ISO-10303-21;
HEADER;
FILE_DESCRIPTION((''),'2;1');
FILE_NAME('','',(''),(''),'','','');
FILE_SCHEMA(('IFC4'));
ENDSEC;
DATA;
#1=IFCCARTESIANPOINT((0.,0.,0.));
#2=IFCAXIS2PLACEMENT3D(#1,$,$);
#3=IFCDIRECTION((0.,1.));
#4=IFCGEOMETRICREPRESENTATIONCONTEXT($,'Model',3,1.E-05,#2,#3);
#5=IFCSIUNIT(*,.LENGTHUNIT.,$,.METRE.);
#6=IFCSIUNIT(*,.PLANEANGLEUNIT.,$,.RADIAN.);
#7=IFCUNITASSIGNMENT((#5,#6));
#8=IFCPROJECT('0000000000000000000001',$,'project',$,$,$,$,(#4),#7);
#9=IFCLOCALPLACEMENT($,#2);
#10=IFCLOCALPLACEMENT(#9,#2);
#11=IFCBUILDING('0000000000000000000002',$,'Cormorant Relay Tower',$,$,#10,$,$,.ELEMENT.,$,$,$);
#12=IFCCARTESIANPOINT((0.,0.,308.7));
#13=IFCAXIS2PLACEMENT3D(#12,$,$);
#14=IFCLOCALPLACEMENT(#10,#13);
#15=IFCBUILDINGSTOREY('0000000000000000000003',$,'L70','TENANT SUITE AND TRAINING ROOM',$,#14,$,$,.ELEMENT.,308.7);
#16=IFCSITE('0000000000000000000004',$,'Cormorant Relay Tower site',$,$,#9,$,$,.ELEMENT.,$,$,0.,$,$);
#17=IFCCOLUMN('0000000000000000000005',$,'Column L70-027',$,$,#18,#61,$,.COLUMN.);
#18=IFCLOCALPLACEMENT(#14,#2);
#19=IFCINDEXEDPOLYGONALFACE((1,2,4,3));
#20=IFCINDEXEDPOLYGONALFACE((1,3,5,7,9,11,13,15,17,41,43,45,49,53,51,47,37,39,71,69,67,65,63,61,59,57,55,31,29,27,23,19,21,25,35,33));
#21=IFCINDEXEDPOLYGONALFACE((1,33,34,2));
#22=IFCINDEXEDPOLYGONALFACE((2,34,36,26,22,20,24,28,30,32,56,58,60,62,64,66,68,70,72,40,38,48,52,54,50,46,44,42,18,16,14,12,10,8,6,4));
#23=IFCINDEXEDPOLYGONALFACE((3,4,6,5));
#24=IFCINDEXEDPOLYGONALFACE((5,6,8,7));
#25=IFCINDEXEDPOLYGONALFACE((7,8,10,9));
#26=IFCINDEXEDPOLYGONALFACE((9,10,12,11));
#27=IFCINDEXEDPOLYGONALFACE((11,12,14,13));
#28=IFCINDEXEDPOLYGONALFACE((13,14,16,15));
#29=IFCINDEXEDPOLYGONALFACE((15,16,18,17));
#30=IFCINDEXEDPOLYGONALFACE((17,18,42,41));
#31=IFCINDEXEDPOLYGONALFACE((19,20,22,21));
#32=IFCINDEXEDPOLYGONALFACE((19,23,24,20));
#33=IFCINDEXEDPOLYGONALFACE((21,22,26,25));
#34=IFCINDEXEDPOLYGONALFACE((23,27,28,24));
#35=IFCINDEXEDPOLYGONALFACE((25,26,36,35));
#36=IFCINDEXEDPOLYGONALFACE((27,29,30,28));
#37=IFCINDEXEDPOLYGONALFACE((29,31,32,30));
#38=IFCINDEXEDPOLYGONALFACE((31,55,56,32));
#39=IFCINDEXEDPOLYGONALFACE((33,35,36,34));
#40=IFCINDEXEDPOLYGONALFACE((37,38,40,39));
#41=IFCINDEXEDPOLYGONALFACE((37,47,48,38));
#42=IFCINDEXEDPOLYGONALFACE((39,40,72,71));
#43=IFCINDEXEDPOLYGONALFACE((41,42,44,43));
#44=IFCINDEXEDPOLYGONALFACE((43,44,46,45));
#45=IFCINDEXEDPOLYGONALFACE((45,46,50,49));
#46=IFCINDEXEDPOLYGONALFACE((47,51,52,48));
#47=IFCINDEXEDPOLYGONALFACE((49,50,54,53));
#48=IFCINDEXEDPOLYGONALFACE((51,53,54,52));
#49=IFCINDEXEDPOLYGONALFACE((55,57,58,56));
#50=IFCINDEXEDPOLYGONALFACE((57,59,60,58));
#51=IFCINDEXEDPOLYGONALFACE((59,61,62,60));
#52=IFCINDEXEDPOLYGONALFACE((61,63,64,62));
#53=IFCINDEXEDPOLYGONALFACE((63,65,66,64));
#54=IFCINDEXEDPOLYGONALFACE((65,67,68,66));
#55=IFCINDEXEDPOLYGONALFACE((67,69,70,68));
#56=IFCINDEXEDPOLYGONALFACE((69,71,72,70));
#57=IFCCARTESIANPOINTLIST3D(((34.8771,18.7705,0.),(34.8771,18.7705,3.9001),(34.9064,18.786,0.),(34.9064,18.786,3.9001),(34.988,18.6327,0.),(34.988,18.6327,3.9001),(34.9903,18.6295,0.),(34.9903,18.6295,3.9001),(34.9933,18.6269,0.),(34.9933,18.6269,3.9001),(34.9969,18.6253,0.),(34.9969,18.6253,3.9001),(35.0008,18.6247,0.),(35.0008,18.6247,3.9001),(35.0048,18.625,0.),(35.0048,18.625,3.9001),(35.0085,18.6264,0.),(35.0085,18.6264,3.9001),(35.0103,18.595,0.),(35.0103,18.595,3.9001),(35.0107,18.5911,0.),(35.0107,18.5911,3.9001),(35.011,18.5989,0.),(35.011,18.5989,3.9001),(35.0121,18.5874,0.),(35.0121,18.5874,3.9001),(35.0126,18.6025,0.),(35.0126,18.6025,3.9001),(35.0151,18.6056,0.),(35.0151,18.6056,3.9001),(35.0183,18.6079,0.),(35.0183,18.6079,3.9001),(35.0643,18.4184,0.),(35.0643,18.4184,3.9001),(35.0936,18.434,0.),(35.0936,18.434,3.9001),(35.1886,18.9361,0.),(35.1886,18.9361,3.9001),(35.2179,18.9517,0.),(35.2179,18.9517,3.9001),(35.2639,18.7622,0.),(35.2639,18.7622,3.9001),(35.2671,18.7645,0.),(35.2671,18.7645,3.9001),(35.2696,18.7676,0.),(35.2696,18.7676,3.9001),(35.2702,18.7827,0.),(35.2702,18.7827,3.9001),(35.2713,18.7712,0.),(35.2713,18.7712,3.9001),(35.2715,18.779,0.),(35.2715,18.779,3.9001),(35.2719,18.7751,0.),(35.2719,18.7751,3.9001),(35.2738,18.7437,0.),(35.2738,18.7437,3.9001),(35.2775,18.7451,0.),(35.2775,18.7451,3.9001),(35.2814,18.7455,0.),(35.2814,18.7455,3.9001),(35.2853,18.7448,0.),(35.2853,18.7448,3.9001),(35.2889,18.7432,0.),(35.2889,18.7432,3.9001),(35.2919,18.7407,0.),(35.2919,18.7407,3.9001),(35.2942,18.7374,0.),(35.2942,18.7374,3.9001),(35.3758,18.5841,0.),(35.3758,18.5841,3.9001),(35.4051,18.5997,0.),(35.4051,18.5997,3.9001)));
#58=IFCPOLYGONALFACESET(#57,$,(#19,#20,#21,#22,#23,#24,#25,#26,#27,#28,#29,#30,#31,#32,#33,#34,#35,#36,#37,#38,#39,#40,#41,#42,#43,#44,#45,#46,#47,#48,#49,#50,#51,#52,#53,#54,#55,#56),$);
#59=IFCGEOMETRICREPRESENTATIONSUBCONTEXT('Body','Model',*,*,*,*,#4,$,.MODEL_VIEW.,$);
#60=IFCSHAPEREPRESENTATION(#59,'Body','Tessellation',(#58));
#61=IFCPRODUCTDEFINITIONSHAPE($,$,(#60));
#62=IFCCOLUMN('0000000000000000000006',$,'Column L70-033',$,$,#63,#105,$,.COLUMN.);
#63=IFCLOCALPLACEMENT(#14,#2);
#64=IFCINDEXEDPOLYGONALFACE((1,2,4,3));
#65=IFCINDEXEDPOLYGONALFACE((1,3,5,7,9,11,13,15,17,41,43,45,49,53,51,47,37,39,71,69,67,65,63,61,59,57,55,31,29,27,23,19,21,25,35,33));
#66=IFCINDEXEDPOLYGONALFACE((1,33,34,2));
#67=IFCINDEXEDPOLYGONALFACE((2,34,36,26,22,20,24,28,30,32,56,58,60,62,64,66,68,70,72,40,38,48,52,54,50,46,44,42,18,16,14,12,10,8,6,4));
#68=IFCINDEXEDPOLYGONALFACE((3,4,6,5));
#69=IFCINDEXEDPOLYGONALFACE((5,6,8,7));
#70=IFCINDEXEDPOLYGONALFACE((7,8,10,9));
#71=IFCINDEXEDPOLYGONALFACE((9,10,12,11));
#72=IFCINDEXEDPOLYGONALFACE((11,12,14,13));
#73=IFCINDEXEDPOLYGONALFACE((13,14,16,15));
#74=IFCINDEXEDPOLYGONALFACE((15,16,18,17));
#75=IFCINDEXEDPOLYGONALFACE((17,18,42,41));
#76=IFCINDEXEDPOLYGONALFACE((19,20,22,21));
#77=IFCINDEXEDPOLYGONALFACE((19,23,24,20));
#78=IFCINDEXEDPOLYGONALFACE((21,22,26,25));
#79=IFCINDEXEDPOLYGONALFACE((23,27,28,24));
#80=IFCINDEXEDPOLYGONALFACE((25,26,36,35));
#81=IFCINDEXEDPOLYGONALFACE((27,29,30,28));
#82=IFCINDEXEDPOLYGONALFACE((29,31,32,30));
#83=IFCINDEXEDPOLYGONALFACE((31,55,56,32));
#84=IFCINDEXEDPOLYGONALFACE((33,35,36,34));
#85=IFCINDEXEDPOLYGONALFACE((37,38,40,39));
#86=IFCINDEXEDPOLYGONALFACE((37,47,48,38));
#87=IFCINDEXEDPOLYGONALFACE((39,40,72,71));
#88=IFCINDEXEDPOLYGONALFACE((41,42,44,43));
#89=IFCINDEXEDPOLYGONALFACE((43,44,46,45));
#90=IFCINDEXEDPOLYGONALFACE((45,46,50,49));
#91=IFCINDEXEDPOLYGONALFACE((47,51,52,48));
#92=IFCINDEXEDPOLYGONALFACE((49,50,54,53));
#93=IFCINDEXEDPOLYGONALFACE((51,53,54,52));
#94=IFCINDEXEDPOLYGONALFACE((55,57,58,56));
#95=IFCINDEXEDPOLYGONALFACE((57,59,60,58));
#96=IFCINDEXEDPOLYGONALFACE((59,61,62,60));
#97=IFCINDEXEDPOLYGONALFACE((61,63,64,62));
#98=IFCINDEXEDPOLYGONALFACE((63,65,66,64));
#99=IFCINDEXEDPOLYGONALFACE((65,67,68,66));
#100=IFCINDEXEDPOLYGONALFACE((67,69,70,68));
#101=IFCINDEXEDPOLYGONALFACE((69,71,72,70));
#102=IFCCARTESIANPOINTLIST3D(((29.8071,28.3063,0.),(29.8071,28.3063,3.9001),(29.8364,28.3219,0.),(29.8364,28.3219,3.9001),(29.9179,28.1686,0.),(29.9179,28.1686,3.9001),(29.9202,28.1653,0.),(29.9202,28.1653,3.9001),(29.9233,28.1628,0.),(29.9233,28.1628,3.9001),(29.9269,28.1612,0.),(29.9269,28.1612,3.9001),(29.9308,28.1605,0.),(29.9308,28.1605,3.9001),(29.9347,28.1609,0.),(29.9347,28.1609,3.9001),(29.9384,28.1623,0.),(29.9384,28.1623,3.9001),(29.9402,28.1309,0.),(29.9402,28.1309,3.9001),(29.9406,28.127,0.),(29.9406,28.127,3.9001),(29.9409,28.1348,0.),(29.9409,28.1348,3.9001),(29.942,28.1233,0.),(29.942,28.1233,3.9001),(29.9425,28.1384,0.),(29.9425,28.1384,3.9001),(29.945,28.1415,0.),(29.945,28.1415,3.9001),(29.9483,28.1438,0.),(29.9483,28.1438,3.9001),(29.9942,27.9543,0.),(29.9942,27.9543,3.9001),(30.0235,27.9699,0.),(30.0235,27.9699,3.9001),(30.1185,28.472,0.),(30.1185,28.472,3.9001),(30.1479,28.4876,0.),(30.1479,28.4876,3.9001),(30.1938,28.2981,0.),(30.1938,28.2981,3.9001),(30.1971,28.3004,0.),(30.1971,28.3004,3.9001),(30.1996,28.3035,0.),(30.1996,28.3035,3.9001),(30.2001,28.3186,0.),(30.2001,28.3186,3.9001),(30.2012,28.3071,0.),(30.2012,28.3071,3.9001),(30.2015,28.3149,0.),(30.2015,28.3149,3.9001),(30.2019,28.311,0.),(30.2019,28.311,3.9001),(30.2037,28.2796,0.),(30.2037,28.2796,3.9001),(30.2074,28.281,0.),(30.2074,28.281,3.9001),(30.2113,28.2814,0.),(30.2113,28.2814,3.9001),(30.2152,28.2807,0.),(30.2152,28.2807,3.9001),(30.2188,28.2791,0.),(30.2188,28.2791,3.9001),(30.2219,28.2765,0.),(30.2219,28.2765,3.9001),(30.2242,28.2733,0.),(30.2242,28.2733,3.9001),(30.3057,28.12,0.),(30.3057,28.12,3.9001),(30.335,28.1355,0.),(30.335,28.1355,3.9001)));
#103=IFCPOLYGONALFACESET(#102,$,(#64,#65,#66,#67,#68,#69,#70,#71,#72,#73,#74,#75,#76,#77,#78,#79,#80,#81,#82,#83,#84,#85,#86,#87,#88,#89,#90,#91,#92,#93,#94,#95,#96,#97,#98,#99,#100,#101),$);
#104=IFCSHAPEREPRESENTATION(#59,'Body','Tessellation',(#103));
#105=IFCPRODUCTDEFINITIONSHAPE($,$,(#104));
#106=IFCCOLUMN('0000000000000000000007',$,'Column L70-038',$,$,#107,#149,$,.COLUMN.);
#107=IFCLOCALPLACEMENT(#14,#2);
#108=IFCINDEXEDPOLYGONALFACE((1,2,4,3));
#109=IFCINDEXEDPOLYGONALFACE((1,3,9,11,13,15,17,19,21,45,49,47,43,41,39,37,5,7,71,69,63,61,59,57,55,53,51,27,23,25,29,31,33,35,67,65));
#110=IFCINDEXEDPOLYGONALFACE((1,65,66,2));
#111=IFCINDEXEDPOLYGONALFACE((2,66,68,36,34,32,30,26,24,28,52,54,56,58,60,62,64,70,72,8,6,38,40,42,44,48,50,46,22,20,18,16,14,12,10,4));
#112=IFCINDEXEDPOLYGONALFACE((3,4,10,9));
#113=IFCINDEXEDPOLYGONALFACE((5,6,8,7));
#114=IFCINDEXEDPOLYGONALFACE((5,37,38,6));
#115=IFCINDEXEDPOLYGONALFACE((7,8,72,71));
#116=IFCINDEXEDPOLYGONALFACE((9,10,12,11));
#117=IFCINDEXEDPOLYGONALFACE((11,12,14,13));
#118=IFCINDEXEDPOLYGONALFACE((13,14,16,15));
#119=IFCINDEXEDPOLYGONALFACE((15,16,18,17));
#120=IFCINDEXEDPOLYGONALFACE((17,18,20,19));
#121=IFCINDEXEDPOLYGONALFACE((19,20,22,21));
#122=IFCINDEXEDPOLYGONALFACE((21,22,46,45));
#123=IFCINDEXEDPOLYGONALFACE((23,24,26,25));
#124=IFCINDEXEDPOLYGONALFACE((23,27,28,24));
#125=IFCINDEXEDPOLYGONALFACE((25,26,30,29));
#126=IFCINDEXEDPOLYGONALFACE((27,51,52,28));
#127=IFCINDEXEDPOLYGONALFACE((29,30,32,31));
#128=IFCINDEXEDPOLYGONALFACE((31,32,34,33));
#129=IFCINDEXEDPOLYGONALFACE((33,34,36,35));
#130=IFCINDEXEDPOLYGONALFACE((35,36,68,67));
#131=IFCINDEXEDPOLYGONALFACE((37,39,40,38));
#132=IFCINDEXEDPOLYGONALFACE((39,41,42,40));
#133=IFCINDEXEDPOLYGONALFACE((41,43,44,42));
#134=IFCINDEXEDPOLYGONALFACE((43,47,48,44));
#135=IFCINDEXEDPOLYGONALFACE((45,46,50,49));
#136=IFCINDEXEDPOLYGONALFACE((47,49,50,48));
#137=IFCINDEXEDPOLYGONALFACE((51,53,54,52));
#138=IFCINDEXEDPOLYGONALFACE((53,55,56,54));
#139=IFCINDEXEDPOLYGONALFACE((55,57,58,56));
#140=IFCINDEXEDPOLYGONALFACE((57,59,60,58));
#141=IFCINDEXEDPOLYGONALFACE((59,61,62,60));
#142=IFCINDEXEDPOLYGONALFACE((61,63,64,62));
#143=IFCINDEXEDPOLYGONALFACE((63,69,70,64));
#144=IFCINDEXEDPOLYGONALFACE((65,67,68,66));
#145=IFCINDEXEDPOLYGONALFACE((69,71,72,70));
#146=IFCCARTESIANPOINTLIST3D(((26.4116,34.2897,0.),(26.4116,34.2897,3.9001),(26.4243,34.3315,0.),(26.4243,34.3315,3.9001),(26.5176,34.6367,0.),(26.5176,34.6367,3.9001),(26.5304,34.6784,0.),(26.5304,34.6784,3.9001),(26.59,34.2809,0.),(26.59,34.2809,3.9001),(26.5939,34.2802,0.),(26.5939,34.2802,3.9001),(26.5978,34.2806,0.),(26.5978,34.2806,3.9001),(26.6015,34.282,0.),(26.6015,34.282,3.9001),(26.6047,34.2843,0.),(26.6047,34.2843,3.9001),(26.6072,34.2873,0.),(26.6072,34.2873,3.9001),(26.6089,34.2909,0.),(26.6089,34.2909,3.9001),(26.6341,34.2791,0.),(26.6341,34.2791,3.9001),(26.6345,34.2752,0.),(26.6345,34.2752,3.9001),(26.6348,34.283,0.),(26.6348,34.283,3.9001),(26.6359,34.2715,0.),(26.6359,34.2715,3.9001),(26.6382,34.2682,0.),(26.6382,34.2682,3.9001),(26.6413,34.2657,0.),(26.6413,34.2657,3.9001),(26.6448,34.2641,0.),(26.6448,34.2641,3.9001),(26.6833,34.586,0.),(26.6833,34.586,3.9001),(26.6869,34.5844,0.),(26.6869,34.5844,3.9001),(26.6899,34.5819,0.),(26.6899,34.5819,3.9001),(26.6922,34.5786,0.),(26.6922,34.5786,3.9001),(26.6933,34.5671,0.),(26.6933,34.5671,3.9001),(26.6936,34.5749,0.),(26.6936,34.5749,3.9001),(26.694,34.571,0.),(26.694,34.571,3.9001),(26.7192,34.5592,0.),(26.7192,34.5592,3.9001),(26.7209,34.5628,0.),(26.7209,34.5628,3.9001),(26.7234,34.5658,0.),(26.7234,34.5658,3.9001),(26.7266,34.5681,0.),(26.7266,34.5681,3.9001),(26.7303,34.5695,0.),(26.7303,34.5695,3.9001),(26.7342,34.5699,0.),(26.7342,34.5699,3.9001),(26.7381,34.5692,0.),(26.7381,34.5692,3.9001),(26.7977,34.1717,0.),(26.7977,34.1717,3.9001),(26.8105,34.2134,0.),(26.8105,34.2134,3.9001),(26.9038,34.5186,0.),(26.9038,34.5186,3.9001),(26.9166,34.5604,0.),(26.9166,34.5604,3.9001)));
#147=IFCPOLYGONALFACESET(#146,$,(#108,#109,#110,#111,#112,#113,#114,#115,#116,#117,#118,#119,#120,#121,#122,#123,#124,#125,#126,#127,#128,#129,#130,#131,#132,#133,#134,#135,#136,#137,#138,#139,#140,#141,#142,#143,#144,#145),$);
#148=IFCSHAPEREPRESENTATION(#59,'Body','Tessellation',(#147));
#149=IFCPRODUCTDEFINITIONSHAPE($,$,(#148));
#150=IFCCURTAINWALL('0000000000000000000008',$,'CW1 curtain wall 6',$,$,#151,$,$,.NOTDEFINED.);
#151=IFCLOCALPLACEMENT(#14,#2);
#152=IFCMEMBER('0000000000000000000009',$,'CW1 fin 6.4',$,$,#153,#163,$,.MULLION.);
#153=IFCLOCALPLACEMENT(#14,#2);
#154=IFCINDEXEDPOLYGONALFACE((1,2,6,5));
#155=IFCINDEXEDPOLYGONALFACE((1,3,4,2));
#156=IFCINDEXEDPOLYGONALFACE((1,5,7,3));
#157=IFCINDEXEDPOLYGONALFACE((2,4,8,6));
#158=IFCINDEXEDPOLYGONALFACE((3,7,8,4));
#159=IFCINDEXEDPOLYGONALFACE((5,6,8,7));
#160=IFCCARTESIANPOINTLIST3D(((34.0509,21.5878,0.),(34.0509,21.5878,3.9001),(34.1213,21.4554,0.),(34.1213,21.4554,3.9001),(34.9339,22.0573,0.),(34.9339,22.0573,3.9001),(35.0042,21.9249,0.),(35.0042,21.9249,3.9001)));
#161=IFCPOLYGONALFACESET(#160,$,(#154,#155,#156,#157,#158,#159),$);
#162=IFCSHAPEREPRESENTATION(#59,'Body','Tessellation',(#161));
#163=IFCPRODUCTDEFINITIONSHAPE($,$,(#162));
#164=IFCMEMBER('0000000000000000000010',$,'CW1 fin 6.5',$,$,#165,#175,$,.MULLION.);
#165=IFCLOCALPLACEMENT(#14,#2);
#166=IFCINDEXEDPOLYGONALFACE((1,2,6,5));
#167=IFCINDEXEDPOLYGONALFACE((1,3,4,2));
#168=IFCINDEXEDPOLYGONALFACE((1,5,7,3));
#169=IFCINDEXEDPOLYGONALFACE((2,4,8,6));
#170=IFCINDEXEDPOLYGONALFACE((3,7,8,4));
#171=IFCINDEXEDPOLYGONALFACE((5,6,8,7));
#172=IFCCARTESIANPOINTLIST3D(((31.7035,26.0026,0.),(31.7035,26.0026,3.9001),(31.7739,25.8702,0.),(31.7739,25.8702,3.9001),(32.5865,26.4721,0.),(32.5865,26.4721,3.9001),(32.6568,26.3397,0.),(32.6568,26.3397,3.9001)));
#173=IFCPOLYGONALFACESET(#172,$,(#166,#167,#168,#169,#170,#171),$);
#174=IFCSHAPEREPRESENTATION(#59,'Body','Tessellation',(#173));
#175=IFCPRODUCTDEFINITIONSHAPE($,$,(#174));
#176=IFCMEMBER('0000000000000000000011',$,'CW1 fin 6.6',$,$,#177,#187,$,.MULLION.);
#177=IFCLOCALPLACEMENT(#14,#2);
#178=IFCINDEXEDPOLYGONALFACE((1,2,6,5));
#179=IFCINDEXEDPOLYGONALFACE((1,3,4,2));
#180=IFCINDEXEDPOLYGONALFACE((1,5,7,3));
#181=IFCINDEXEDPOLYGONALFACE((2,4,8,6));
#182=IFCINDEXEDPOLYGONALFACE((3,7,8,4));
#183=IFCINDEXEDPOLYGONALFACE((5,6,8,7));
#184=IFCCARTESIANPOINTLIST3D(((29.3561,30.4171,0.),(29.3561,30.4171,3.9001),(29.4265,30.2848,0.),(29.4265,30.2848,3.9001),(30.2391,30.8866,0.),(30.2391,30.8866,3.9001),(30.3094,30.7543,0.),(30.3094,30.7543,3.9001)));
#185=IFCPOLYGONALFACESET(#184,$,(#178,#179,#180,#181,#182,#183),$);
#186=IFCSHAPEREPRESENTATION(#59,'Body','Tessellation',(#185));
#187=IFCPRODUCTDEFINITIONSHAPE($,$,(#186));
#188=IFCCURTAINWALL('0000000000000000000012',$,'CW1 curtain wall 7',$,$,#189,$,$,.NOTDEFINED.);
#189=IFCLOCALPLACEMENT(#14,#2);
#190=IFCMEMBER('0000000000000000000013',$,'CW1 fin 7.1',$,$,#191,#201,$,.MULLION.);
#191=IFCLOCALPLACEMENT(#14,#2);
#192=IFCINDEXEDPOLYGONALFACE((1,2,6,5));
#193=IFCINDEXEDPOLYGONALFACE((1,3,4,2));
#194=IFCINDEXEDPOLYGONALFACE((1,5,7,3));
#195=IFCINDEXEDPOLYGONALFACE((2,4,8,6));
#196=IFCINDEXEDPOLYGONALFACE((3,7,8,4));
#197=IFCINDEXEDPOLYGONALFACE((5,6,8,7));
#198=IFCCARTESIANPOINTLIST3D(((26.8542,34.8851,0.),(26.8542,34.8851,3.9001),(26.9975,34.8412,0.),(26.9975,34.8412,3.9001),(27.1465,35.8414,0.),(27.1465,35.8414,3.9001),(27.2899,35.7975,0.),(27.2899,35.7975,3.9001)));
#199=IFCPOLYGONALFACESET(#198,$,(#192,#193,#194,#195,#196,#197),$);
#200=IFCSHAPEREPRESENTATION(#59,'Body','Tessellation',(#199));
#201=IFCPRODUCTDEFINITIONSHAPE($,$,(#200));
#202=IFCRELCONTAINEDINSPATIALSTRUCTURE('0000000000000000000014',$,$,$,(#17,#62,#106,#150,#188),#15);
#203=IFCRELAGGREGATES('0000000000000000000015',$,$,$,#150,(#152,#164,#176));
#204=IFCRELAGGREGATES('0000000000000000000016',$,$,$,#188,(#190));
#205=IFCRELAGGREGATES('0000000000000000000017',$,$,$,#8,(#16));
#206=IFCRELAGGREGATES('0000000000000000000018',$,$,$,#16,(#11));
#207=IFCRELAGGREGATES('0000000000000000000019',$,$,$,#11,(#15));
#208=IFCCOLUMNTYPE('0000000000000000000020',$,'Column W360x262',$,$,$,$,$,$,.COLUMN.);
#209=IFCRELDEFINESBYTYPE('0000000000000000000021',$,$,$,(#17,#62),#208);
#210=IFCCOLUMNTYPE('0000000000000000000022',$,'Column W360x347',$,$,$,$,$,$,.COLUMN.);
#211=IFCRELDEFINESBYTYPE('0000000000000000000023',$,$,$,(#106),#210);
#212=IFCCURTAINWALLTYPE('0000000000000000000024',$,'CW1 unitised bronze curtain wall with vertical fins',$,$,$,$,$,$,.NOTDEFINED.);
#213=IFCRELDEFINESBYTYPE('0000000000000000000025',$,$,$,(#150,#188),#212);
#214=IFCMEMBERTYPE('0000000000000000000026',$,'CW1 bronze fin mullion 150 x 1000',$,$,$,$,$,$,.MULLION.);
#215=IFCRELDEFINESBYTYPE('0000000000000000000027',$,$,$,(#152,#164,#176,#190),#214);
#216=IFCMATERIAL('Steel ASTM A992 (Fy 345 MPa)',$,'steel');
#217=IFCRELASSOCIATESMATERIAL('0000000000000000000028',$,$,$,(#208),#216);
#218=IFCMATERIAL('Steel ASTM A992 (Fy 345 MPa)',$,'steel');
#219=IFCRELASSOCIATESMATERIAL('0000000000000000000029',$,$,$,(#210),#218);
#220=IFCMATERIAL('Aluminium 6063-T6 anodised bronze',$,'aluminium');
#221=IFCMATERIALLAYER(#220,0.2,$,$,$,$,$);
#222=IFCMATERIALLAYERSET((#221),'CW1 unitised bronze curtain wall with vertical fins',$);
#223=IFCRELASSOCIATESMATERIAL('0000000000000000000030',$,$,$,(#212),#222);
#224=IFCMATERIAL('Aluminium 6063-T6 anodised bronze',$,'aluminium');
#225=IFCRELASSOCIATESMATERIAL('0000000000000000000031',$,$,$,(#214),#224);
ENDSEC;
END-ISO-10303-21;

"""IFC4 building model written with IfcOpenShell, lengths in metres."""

from ifc_helpers import new_model, si_unit, direction, frame, origin, origin_2d, place, context, subcontext, project, spatial, rectangle, i_section, extrude, material, layer, layer_set, material_profile, profile_set, type_object, element, aggregate, save


model = new_model("IFC4")

# Units and contexts
model_context = context("Model", 3, precision=1e-05, world=origin(), true_north=direction((0.0, 1.0)))
body_context = subcontext(model_context, "Body", "Model", "MODEL_VIEW")
ifc_project = project(units=[si_unit("LENGTHUNIT", "METRE"), si_unit("PLANEANGLEUNIT", "RADIAN")], contexts=[model_context])

# Site, building, storey
site_placement = place(None, origin())
site = spatial("IfcSite", under=ifc_project, at=site_placement, Name="Cormorant Relay Tower site", CompositionType="ELEMENT", RefElevation=0.0)
building_placement = place(site_placement, origin())
building = spatial("IfcBuilding", under=site, at=building_placement, Name="Cormorant Relay Tower", CompositionType="ELEMENT")
storey_placement = place(building_placement, frame((0.0, 0.0, 308.7)))
storey = spatial("IfcBuildingStorey", under=building, at=storey_placement, Name="L70", Description="TENANT SUITE AND TRAINING ROOM", CompositionType="ELEMENT", Elevation=308.7)

# Columns
ifc_material_1 = material(Name="Steel ASTM A992 (Fy 345 MPa)", Category="steel")
ifc_material_profile_1 = material_profile(ifc_material_1, i_section(OverallWidth=0.3987, OverallDepth=0.386, WebThickness=0.021, FlangeThickness=0.0332, FilletRadius=0.0151, at=origin_2d()), Name="W360x262")
ifc_profile_set_1 = profile_set([ifc_material_profile_1], Name="Steel ASTM A992 (Fy 345 MPa)")
column_type_1 = type_object("IfcColumnType", Name="Column W360x262", PredefinedType="COLUMN", material=ifc_profile_set_1)
for number, where, z_axis, x_axis, name in (
    (1, (35.1411, 18.6851, 0.0), (0.0, 0.0, 1.0), (-0.469472, 0.882948, 0.0), "Column L70-027"),
    (2, (30.071, 28.2209, 0.0), (0.0, 0.0, 1.0), (-0.469472, 0.882948, 0.0), "Column L70-033"),
):
    element("IfcColumn", number, at=place(storey_placement, frame(where, z_axis=z_axis, x_axis=x_axis)), inside=storey, type_object=column_type_1, Name=name, PredefinedType="COLUMN", context=body_context, shape_type="SweptSolid", body=[
        extrude(i_section(OverallWidth=0.3987, OverallDepth=0.386, WebThickness=0.021, FlangeThickness=0.0332, FilletRadius=0.0151, at=origin_2d()), origin(), (0.0, 0.0, 1.0), 3.9001),
    ])
ifc_material_2 = material(Name="Steel ASTM A992 (Fy 345 MPa)", Category="steel")
ifc_material_profile_2 = material_profile(ifc_material_2, i_section(OverallWidth=0.4038, OverallDepth=0.4065, WebThickness=0.0271, FlangeThickness=0.0437, FilletRadius=0.0151, at=origin_2d()), Name="W360x347")
ifc_profile_set_2 = profile_set([ifc_material_profile_2], Name="Steel ASTM A992 (Fy 345 MPa)")
column_type_2 = type_object("IfcColumnType", Name="Column W360x347", PredefinedType="COLUMN", material=ifc_profile_set_2)
column_placement = place(storey_placement, frame((26.6641, 34.425, 0.0), z_axis=(0.0, 0.0, 1.0), x_axis=(-0.956305, 0.292372, 0.0)))
element("IfcColumn", 3, at=column_placement, inside=storey, type_object=column_type_2, Name="Column L70-038", PredefinedType="COLUMN", context=body_context, shape_type="SweptSolid", body=[
    extrude(i_section(OverallWidth=0.4038, OverallDepth=0.4065, WebThickness=0.0271, FlangeThickness=0.0437, FilletRadius=0.0151, at=origin_2d()), origin(), (0.0, 0.0, 1.0), 3.9001),
])

# Curtain walls, members
ifc_material_3 = material(Name="Aluminium 6063-T6 anodised bronze", Category="aluminium")
ifc_layer_1 = layer(ifc_material_3, 0.2)
ifc_layer_set_1 = layer_set([ifc_layer_1], Name="CW1 unitised bronze curtain wall with vertical fins")
curtain_wall_type = type_object("IfcCurtainWallType", Name="CW1 unitised bronze curtain wall with vertical fins", PredefinedType="NOTDEFINED", material=ifc_layer_set_1)
curtain_wall_1_placement = place(storey_placement, origin())
curtain_wall_1 = element("IfcCurtainWall", 4, at=curtain_wall_1_placement, inside=storey, type_object=curtain_wall_type, Name="CW1 curtain wall 6", PredefinedType="NOTDEFINED")
ifc_material_4 = material(Name="Aluminium 6063-T6 anodised bronze", Category="aluminium")
ifc_material_profile_3 = material_profile(ifc_material_4, rectangle(XDim=0.1499, YDim=1.0, at=origin_2d()), Name="AL 150x1000")
ifc_profile_set_3 = profile_set([ifc_material_profile_3], Name="Aluminium 6063-T6 anodised bronze")
member_type_1 = type_object("IfcMemberType", Name="CW1 bronze fin mullion 150 x 1000", PredefinedType="MULLION", material=ifc_profile_set_3)
member_1_placement = place(storey_placement, frame((34.5276, 21.7563, 0.0), z_axis=(0.0, 0.0, 1.0), x_axis=(-0.469472, 0.882948, 0.0)))
member_1 = element("IfcMember", 5, at=member_1_placement, type_object=member_type_1, Name="CW1 fin 6.4", PredefinedType="MULLION", context=body_context, shape_type="SweptSolid", body=[
    extrude(rectangle(XDim=0.1499, YDim=1.0, at=origin_2d()), origin(), (0.0, 0.0, 1.0), 3.9001),
])
member_2_placement = place(storey_placement, frame((32.1802, 26.1711, 0.0), z_axis=(0.0, 0.0, 1.0), x_axis=(-0.469472, 0.882948, 0.0)))
member_2 = element("IfcMember", 6, at=member_2_placement, type_object=member_type_1, Name="CW1 fin 6.5", PredefinedType="MULLION", context=body_context, shape_type="SweptSolid", body=[
    extrude(rectangle(XDim=0.1499, YDim=1.0, at=origin_2d()), origin(), (0.0, 0.0, 1.0), 3.9001),
])
member_3_placement = place(storey_placement, frame((29.8328, 30.5857, 0.0), z_axis=(0.0, 0.0, 1.0), x_axis=(-0.469472, 0.882948, 0.0)))
member_3 = element("IfcMember", 7, at=member_3_placement, type_object=member_type_1, Name="CW1 fin 6.6", PredefinedType="MULLION", context=body_context, shape_type="SweptSolid", body=[
    extrude(rectangle(XDim=0.1499, YDim=1.0, at=origin_2d()), origin(), (0.0, 0.0, 1.0), 3.9001),
])
curtain_wall_2_placement = place(storey_placement, origin())
curtain_wall_2 = element("IfcCurtainWall", 8, at=curtain_wall_2_placement, inside=storey, type_object=curtain_wall_type, Name="CW1 curtain wall 7", PredefinedType="NOTDEFINED")
member_4_placement = place(storey_placement, frame((27.072, 35.3413, 0.0), z_axis=(0.0, 0.0, 1.0), x_axis=(-0.956305, 0.292372, 0.0)))
member_4 = element("IfcMember", 9, at=member_4_placement, type_object=member_type_1, Name="CW1 fin 7.1", PredefinedType="MULLION", context=body_context, shape_type="SweptSolid", body=[
    extrude(rectangle(XDim=0.1499, YDim=1.0, at=origin_2d()), origin(), (0.0, 0.0, 1.0), 3.9001),
])

aggregate(curtain_wall_1, [member_1, member_2, member_3])
aggregate(curtain_wall_2, [member_4])

save(model, "model.ifc")
